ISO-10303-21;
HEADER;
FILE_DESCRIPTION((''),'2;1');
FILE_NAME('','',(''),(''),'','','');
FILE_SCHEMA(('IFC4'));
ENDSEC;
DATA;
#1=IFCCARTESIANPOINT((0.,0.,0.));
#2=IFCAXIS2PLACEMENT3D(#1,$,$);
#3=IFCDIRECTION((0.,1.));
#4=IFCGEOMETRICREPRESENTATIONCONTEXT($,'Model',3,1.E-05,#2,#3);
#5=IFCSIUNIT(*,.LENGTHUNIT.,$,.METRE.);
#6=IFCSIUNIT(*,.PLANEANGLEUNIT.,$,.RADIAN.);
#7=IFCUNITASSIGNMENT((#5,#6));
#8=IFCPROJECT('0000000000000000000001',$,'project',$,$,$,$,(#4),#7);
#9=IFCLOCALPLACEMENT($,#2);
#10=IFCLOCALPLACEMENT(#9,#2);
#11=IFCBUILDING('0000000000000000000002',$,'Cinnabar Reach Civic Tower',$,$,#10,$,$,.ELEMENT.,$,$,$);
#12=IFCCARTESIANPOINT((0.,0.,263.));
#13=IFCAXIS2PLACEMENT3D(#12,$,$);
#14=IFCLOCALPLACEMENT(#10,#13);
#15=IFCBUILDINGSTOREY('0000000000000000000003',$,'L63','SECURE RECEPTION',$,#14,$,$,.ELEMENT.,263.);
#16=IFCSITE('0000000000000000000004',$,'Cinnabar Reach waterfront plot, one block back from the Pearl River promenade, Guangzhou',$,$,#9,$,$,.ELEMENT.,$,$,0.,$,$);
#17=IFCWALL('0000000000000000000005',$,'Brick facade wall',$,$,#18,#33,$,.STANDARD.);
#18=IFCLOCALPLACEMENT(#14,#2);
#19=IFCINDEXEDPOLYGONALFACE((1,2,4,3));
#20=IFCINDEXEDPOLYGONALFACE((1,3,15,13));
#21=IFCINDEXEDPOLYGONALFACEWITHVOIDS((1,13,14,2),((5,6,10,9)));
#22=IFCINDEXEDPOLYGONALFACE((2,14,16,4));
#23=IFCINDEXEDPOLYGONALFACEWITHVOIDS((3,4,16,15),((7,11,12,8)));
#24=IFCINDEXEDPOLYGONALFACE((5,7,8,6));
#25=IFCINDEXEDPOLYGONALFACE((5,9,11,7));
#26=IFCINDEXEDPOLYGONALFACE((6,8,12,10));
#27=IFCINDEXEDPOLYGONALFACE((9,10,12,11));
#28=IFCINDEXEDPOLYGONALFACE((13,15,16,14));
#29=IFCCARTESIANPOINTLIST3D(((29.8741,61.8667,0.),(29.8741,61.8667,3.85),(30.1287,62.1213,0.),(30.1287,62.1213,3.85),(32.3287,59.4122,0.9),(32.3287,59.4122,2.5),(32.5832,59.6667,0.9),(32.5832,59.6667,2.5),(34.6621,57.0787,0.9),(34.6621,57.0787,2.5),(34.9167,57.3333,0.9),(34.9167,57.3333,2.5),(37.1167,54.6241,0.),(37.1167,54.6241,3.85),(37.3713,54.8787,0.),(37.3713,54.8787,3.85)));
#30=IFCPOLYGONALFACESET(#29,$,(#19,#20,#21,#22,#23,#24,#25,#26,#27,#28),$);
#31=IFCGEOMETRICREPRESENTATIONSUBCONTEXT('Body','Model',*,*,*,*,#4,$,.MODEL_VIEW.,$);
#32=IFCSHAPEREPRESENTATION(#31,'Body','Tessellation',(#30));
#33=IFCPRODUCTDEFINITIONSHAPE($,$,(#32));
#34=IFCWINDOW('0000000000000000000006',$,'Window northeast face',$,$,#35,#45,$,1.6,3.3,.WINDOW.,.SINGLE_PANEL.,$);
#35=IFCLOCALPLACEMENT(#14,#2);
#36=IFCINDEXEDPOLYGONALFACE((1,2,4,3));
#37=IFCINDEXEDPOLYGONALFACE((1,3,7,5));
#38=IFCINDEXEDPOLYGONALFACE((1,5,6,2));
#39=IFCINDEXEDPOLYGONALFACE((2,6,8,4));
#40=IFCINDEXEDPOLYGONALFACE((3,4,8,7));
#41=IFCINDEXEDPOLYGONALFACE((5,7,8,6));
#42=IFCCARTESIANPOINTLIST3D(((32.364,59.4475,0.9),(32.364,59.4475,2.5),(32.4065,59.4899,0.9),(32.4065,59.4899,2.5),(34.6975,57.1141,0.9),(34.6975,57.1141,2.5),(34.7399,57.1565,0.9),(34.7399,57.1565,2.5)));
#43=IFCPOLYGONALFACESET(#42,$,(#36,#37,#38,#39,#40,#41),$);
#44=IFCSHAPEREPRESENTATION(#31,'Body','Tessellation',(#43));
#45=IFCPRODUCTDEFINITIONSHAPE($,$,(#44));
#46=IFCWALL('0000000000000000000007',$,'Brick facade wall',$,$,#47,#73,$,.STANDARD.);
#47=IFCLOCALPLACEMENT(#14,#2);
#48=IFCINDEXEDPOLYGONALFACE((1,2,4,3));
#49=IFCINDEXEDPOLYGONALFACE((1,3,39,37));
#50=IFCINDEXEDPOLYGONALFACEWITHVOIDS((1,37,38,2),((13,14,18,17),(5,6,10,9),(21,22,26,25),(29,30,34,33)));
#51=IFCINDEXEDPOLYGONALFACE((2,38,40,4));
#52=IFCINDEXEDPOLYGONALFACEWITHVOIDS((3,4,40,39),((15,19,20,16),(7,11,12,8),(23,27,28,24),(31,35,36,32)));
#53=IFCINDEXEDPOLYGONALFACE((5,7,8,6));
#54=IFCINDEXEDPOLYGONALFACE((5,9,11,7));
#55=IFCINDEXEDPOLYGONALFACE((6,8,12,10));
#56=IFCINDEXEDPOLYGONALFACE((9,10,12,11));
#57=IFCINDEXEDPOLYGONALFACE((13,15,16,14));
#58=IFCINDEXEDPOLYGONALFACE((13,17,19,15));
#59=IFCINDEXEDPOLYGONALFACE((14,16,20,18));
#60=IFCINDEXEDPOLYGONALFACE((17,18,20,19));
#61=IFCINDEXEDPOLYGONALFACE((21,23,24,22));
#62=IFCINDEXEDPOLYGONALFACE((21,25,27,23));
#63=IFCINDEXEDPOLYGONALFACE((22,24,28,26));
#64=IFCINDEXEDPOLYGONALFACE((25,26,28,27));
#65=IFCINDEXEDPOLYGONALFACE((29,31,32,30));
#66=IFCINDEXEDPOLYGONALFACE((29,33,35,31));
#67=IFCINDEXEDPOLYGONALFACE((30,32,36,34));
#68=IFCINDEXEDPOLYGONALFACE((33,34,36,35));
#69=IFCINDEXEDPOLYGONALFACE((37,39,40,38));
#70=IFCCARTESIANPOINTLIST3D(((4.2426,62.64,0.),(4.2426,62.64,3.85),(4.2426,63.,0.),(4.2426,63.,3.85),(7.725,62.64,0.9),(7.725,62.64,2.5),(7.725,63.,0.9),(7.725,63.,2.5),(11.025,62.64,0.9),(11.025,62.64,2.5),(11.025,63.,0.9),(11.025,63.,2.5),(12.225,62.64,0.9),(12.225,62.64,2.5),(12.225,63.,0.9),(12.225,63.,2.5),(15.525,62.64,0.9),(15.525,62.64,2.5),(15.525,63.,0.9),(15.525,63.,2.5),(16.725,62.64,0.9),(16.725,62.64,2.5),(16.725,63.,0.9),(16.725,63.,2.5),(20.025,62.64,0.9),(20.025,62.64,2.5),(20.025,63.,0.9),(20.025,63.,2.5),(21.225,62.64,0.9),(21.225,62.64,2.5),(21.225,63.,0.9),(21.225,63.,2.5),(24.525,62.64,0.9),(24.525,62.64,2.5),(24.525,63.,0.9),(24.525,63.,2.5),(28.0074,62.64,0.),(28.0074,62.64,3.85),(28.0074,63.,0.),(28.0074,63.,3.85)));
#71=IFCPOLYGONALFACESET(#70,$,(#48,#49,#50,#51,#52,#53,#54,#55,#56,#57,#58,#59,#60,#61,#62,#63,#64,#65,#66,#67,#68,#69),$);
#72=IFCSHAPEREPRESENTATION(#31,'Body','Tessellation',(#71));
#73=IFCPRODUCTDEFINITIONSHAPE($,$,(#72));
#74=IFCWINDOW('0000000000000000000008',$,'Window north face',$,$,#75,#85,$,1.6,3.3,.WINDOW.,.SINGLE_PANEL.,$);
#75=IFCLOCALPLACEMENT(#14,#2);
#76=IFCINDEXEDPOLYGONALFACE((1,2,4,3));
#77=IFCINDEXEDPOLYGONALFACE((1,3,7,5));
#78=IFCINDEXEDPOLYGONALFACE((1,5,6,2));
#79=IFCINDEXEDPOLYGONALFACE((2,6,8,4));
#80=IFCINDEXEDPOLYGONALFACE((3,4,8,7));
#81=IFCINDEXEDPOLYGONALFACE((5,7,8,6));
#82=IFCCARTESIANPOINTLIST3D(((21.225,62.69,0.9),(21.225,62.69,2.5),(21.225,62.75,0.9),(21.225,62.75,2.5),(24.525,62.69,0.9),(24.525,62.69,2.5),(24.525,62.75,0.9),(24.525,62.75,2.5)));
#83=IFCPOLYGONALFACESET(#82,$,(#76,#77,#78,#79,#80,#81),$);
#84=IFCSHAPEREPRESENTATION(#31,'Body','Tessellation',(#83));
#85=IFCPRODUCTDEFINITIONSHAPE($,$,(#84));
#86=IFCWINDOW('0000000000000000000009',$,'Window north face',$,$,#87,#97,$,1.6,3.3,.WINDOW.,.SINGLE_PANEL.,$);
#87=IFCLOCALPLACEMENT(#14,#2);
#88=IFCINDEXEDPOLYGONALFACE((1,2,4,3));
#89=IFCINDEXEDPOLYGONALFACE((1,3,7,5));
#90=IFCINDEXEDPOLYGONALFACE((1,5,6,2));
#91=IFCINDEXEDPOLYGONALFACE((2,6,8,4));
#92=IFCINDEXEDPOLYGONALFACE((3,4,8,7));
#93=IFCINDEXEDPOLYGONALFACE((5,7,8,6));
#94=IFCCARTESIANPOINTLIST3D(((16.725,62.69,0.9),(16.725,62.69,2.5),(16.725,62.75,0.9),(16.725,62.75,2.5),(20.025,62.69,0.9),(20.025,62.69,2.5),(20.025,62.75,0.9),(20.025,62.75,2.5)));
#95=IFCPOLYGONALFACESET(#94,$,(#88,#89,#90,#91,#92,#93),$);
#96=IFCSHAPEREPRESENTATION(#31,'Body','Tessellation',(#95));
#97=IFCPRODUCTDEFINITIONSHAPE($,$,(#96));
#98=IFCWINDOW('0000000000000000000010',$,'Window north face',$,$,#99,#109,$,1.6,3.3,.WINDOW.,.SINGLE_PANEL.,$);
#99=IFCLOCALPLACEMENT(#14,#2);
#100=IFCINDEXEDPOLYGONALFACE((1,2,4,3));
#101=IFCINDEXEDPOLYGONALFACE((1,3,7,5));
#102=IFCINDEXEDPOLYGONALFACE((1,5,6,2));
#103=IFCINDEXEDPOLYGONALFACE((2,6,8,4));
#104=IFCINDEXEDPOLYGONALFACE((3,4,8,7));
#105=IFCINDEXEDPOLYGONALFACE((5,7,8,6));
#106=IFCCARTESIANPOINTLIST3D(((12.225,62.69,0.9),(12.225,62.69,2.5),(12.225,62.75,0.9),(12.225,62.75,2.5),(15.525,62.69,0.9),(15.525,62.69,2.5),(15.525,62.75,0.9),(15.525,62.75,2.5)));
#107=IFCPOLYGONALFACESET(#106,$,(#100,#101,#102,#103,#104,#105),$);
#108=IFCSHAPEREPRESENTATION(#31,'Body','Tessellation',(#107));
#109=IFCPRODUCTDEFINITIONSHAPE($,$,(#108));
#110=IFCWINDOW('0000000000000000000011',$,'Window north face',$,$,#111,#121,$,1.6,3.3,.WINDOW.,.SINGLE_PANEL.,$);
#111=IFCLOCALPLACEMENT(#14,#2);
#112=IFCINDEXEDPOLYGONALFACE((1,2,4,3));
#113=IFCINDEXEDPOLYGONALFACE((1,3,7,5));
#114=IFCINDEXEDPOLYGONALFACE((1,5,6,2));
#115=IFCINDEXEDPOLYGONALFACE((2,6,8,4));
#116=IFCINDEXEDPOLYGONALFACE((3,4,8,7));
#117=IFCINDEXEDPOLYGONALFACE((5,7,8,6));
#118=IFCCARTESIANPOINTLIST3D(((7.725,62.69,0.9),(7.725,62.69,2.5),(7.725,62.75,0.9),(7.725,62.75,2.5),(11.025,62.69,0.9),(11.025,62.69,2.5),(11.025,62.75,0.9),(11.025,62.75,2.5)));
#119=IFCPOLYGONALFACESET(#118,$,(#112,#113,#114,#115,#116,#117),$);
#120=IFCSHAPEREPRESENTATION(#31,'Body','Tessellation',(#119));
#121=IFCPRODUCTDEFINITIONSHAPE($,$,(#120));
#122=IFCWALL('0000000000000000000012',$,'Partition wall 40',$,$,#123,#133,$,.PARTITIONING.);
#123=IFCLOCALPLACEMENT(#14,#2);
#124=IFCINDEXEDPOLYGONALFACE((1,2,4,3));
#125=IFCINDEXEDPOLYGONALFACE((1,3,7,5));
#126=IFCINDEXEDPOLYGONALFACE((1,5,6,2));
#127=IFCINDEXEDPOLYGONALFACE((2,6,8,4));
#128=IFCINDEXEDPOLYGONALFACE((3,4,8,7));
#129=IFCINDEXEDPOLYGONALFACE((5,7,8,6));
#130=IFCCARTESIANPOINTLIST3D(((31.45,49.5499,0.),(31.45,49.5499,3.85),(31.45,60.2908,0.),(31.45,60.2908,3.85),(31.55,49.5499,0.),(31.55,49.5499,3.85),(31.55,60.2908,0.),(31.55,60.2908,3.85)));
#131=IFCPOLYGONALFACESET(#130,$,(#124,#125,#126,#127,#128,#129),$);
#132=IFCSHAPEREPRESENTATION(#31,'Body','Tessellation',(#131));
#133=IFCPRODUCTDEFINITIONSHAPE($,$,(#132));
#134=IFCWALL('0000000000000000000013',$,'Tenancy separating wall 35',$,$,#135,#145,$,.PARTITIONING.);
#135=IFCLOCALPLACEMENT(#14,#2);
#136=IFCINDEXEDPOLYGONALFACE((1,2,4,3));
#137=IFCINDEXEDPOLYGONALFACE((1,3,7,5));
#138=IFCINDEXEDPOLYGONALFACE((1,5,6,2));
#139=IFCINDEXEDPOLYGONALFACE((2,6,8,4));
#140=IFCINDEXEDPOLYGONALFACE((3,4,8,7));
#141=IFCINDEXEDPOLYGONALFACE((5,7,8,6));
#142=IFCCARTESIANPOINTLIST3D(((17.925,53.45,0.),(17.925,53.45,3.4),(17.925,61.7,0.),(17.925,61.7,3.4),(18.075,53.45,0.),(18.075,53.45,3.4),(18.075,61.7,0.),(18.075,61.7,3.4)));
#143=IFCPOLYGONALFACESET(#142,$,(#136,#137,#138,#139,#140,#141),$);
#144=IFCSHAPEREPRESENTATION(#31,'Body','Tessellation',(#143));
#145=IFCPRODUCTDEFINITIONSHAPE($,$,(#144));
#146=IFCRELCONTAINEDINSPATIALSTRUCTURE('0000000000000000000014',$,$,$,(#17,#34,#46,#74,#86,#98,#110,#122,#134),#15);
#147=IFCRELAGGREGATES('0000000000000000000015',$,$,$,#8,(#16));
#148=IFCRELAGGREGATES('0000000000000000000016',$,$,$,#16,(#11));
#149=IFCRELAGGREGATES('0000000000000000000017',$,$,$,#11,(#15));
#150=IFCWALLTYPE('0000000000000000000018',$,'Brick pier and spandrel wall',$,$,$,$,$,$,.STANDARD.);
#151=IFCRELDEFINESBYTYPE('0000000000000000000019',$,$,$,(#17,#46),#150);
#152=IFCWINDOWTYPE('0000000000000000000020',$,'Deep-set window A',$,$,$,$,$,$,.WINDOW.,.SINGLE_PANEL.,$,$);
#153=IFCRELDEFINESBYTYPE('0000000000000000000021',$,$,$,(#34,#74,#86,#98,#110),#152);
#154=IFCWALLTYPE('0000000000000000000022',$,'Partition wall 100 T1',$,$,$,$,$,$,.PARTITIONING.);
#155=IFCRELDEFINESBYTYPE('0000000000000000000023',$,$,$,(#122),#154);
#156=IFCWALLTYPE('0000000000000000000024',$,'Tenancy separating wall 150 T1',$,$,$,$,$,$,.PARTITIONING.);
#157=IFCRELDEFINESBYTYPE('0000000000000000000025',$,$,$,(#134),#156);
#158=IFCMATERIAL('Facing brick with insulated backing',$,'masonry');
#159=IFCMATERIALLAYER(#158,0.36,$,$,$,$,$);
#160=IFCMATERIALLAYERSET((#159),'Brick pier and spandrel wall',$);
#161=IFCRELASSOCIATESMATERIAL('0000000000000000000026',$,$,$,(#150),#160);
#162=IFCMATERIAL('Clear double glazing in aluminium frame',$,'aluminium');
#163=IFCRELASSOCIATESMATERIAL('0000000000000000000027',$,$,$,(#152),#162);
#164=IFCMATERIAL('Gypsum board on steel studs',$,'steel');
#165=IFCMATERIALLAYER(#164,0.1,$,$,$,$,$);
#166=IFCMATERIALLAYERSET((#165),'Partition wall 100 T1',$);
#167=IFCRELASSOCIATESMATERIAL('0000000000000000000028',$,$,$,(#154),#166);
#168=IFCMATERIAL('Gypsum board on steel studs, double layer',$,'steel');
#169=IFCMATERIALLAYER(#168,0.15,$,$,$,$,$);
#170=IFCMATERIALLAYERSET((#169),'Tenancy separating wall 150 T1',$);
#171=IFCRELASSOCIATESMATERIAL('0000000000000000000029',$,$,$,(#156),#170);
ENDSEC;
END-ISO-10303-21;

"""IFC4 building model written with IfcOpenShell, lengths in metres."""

from ifc_helpers import new_model, si_unit, direction, frame, frame_2d, origin, place, context, subcontext, project, spatial, rectangle, extrude, material, layer, layer_set, type_object, element, fill, save


model = new_model("IFC4")

# Units and contexts
model_context = context("Model", 3, precision=1e-05, world=origin(), true_north=direction((0.0, 1.0)))
body_context = subcontext(model_context, "Body", "Model", "MODEL_VIEW")
ifc_project = project(units=[si_unit("LENGTHUNIT", "METRE"), si_unit("PLANEANGLEUNIT", "RADIAN")], contexts=[model_context])

# Site, building, storey
site_placement = place(None, origin())
site = spatial("IfcSite", under=ifc_project, at=site_placement, Name="Cinnabar Reach waterfront plot, one block back from the Pearl River promenade, Guangzhou", CompositionType="ELEMENT", RefElevation=0.0)
building_placement = place(site_placement, origin())
building = spatial("IfcBuilding", under=site, at=building_placement, Name="Cinnabar Reach Civic Tower", CompositionType="ELEMENT")
storey_placement = place(building_placement, frame((0.0, 0.0, 263.0)))
storey = spatial("IfcBuildingStorey", under=building, at=storey_placement, Name="L63", Description="SECURE RECEPTION", CompositionType="ELEMENT", Elevation=263.0)

# Shared definitions
ifc_material_1 = material(Name="Facing brick with insulated backing", Category="masonry")

# Wall, opening, window
ifc_layer_1 = layer(ifc_material_1, 0.36)
ifc_layer_set_1 = layer_set([ifc_layer_1], Name="Brick pier and spandrel wall")
wall_type_1 = type_object("IfcWallType", Name="Brick pier and spandrel wall", PredefinedType="STANDARD", material=ifc_layer_set_1)
wall_1_placement = place(storey_placement, frame((37.244, 54.7514, 0.0), z_axis=(0.0, 0.0, 1.0), x_axis=(-0.707107, 0.707107, 0.0)))
wall_1 = element("IfcWall", 1, at=wall_1_placement, inside=storey, type_object=wall_type_1, Name="Brick facade wall", PredefinedType="STANDARD", context=body_context, shape_type="SweptSolid", body=[
    extrude(rectangle(XDim=10.2426, YDim=0.36, at=frame_2d((5.1213, 0.0))), origin(), (0.0, 0.0, 1.0), 3.85),
])
opening_1_placement = place(wall_1_placement, frame((3.4713, 0.0, 0.9)))
opening_1 = element("IfcOpeningElement", 2, at=opening_1_placement, cuts=wall_1, PredefinedType="OPENING", context=body_context, shape_type="SweptSolid", body=[
    extrude(rectangle(XDim=3.3, YDim=1.6, at=frame_2d((1.65, 0.8))), frame((0.0, 0.19, 0.0), z_axis=(0.0, -1.0, 0.0), x_axis=(1.0, 0.0, 0.0)), (0.0, 0.0, 1.0), 0.38),
])
ifc_material_2 = material(Name="Clear double glazing in aluminium frame", Category="aluminium")
window_type = type_object("IfcWindowType", Name="Deep-set window A", PartitioningType="SINGLE_PANEL", PredefinedType="WINDOW", material=ifc_material_2)
window_1_placement = place(opening_1_placement, origin())
window_1 = element("IfcWindow", 3, at=window_1_placement, inside=storey, type_object=window_type, Name="Window northeast face", OverallHeight=1.6, OverallWidth=3.3, PartitioningType="SINGLE_PANEL", PredefinedType="WINDOW", context=body_context, shape_type="SweptSolid", body=[
    extrude(rectangle(XDim=3.3, YDim=1.6, at=frame_2d((1.65, 0.8))), frame((0.0, 0.13, 0.0), z_axis=(0.0, -1.0, 0.0), x_axis=(1.0, 0.0, 0.0)), (0.0, 0.0, 1.0), 0.06),
])
fill(opening_1, window_1)

# Wall, openings, windows
wall_2_placement = place(storey_placement, frame((28.0074, 62.82, 0.0), z_axis=(0.0, 0.0, 1.0), x_axis=(-1.0, 0.0, 0.0)))
wall_2 = element("IfcWall", 4, at=wall_2_placement, inside=storey, type_object=wall_type_1, Name="Brick facade wall", PredefinedType="STANDARD", context=body_context, shape_type="SweptSolid", body=[
    extrude(rectangle(XDim=23.7648, YDim=0.36, at=frame_2d((11.8824, 0.0))), origin(), (0.0, 0.0, 1.0), 3.85),
])
opening_2_placement = place(wall_2_placement, frame((3.4824, 0.0, 0.9)))
opening_2 = element("IfcOpeningElement", 5, at=opening_2_placement, cuts=wall_2, PredefinedType="OPENING", context=body_context, shape_type="SweptSolid", body=[
    extrude(rectangle(XDim=3.3, YDim=1.6, at=frame_2d((1.65, 0.8))), frame((0.0, 0.19, 0.0), z_axis=(0.0, -1.0, 0.0), x_axis=(1.0, 0.0, 0.0)), (0.0, 0.0, 1.0), 0.38),
])
opening_3_placement = place(wall_2_placement, frame((7.9824, 0.0, 0.9)))
opening_3 = element("IfcOpeningElement", 6, at=opening_3_placement, cuts=wall_2, PredefinedType="OPENING", context=body_context, shape_type="SweptSolid", body=[
    extrude(rectangle(XDim=3.3, YDim=1.6, at=frame_2d((1.65, 0.8))), frame((0.0, 0.19, 0.0), z_axis=(0.0, -1.0, 0.0), x_axis=(1.0, 0.0, 0.0)), (0.0, 0.0, 1.0), 0.38),
])
opening_4_placement = place(wall_2_placement, frame((12.4824, 0.0, 0.9)))
opening_4 = element("IfcOpeningElement", 7, at=opening_4_placement, cuts=wall_2, PredefinedType="OPENING", context=body_context, shape_type="SweptSolid", body=[
    extrude(rectangle(XDim=3.3, YDim=1.6, at=frame_2d((1.65, 0.8))), frame((0.0, 0.19, 0.0), z_axis=(0.0, -1.0, 0.0), x_axis=(1.0, 0.0, 0.0)), (0.0, 0.0, 1.0), 0.38),
])
opening_5_placement = place(wall_2_placement, frame((16.9824, 0.0, 0.9)))
opening_5 = element("IfcOpeningElement", 8, at=opening_5_placement, cuts=wall_2, PredefinedType="OPENING", context=body_context, shape_type="SweptSolid", body=[
    extrude(rectangle(XDim=3.3, YDim=1.6, at=frame_2d((1.65, 0.8))), frame((0.0, 0.19, 0.0), z_axis=(0.0, -1.0, 0.0), x_axis=(1.0, 0.0, 0.0)), (0.0, 0.0, 1.0), 0.38),
])
window_2_placement = place(opening_2_placement, origin())
window_2 = element("IfcWindow", 9, at=window_2_placement, inside=storey, type_object=window_type, Name="Window north face", OverallHeight=1.6, OverallWidth=3.3, PartitioningType="SINGLE_PANEL", PredefinedType="WINDOW", context=body_context, shape_type="SweptSolid", body=[
    extrude(rectangle(XDim=3.3, YDim=1.6, at=frame_2d((1.65, 0.8))), frame((0.0, 0.13, 0.0), z_axis=(0.0, -1.0, 0.0), x_axis=(1.0, 0.0, 0.0)), (0.0, 0.0, 1.0), 0.06),
])
fill(opening_2, window_2)
window_3_placement = place(opening_3_placement, origin())
window_3 = element("IfcWindow", 10, at=window_3_placement, inside=storey, type_object=window_type, Name="Window north face", OverallHeight=1.6, OverallWidth=3.3, PartitioningType="SINGLE_PANEL", PredefinedType="WINDOW", context=body_context, shape_type="SweptSolid", body=[
    extrude(rectangle(XDim=3.3, YDim=1.6, at=frame_2d((1.65, 0.8))), frame((0.0, 0.13, 0.0), z_axis=(0.0, -1.0, 0.0), x_axis=(1.0, 0.0, 0.0)), (0.0, 0.0, 1.0), 0.06),
])
fill(opening_3, window_3)
window_4_placement = place(opening_4_placement, origin())
window_4 = element("IfcWindow", 11, at=window_4_placement, inside=storey, type_object=window_type, Name="Window north face", OverallHeight=1.6, OverallWidth=3.3, PartitioningType="SINGLE_PANEL", PredefinedType="WINDOW", context=body_context, shape_type="SweptSolid", body=[
    extrude(rectangle(XDim=3.3, YDim=1.6, at=frame_2d((1.65, 0.8))), frame((0.0, 0.13, 0.0), z_axis=(0.0, -1.0, 0.0), x_axis=(1.0, 0.0, 0.0)), (0.0, 0.0, 1.0), 0.06),
])
fill(opening_4, window_4)
window_5_placement = place(opening_5_placement, origin())
window_5 = element("IfcWindow", 12, at=window_5_placement, inside=storey, type_object=window_type, Name="Window north face", OverallHeight=1.6, OverallWidth=3.3, PartitioningType="SINGLE_PANEL", PredefinedType="WINDOW", context=body_context, shape_type="SweptSolid", body=[
    extrude(rectangle(XDim=3.3, YDim=1.6, at=frame_2d((1.65, 0.8))), frame((0.0, 0.13, 0.0), z_axis=(0.0, -1.0, 0.0), x_axis=(1.0, 0.0, 0.0)), (0.0, 0.0, 1.0), 0.06),
])
fill(opening_5, window_5)

# Walls
ifc_material_3 = material(Name="Gypsum board on steel studs", Category="steel")
ifc_layer_2 = layer(ifc_material_3, 0.1)
ifc_layer_set_2 = layer_set([ifc_layer_2], Name="Partition wall 100 T1")
wall_type_2 = type_object("IfcWallType", Name="Partition wall 100 T1", PredefinedType="PARTITIONING", material=ifc_layer_set_2)
wall_3_placement = place(storey_placement, frame((31.5, 49.55, 0.0), z_axis=(0.0, 0.0, 1.0), x_axis=(0.0, 1.0, 0.0)))
element("IfcWall", 13, at=wall_3_placement, inside=storey, type_object=wall_type_2, Name="Partition wall 40", PredefinedType="PARTITIONING", context=body_context, shape_type="SweptSolid", body=[
    extrude(rectangle(XDim=10.7409, YDim=0.1, at=frame_2d((5.3704, 0.0))), origin(), (0.0, 0.0, 1.0), 3.85),
])
ifc_material_4 = material(Name="Gypsum board on steel studs, double layer", Category="steel")
ifc_layer_3 = layer(ifc_material_4, 0.15)
ifc_layer_set_3 = layer_set([ifc_layer_3], Name="Tenancy separating wall 150 T1")
wall_type_3 = type_object("IfcWallType", Name="Tenancy separating wall 150 T1", PredefinedType="PARTITIONING", material=ifc_layer_set_3)
wall_4_placement = place(storey_placement, frame((18.0, 53.45, 0.0), z_axis=(0.0, 0.0, 1.0), x_axis=(0.0, 1.0, 0.0)))
element("IfcWall", 14, at=wall_4_placement, inside=storey, type_object=wall_type_3, Name="Tenancy separating wall 35", PredefinedType="PARTITIONING", context=body_context, shape_type="SweptSolid", body=[
    extrude(rectangle(XDim=8.25, YDim=0.15, at=frame_2d((4.125, 0.0))), origin(), (0.0, 0.0, 1.0), 3.4),
])

save(model, "model.ifc")
